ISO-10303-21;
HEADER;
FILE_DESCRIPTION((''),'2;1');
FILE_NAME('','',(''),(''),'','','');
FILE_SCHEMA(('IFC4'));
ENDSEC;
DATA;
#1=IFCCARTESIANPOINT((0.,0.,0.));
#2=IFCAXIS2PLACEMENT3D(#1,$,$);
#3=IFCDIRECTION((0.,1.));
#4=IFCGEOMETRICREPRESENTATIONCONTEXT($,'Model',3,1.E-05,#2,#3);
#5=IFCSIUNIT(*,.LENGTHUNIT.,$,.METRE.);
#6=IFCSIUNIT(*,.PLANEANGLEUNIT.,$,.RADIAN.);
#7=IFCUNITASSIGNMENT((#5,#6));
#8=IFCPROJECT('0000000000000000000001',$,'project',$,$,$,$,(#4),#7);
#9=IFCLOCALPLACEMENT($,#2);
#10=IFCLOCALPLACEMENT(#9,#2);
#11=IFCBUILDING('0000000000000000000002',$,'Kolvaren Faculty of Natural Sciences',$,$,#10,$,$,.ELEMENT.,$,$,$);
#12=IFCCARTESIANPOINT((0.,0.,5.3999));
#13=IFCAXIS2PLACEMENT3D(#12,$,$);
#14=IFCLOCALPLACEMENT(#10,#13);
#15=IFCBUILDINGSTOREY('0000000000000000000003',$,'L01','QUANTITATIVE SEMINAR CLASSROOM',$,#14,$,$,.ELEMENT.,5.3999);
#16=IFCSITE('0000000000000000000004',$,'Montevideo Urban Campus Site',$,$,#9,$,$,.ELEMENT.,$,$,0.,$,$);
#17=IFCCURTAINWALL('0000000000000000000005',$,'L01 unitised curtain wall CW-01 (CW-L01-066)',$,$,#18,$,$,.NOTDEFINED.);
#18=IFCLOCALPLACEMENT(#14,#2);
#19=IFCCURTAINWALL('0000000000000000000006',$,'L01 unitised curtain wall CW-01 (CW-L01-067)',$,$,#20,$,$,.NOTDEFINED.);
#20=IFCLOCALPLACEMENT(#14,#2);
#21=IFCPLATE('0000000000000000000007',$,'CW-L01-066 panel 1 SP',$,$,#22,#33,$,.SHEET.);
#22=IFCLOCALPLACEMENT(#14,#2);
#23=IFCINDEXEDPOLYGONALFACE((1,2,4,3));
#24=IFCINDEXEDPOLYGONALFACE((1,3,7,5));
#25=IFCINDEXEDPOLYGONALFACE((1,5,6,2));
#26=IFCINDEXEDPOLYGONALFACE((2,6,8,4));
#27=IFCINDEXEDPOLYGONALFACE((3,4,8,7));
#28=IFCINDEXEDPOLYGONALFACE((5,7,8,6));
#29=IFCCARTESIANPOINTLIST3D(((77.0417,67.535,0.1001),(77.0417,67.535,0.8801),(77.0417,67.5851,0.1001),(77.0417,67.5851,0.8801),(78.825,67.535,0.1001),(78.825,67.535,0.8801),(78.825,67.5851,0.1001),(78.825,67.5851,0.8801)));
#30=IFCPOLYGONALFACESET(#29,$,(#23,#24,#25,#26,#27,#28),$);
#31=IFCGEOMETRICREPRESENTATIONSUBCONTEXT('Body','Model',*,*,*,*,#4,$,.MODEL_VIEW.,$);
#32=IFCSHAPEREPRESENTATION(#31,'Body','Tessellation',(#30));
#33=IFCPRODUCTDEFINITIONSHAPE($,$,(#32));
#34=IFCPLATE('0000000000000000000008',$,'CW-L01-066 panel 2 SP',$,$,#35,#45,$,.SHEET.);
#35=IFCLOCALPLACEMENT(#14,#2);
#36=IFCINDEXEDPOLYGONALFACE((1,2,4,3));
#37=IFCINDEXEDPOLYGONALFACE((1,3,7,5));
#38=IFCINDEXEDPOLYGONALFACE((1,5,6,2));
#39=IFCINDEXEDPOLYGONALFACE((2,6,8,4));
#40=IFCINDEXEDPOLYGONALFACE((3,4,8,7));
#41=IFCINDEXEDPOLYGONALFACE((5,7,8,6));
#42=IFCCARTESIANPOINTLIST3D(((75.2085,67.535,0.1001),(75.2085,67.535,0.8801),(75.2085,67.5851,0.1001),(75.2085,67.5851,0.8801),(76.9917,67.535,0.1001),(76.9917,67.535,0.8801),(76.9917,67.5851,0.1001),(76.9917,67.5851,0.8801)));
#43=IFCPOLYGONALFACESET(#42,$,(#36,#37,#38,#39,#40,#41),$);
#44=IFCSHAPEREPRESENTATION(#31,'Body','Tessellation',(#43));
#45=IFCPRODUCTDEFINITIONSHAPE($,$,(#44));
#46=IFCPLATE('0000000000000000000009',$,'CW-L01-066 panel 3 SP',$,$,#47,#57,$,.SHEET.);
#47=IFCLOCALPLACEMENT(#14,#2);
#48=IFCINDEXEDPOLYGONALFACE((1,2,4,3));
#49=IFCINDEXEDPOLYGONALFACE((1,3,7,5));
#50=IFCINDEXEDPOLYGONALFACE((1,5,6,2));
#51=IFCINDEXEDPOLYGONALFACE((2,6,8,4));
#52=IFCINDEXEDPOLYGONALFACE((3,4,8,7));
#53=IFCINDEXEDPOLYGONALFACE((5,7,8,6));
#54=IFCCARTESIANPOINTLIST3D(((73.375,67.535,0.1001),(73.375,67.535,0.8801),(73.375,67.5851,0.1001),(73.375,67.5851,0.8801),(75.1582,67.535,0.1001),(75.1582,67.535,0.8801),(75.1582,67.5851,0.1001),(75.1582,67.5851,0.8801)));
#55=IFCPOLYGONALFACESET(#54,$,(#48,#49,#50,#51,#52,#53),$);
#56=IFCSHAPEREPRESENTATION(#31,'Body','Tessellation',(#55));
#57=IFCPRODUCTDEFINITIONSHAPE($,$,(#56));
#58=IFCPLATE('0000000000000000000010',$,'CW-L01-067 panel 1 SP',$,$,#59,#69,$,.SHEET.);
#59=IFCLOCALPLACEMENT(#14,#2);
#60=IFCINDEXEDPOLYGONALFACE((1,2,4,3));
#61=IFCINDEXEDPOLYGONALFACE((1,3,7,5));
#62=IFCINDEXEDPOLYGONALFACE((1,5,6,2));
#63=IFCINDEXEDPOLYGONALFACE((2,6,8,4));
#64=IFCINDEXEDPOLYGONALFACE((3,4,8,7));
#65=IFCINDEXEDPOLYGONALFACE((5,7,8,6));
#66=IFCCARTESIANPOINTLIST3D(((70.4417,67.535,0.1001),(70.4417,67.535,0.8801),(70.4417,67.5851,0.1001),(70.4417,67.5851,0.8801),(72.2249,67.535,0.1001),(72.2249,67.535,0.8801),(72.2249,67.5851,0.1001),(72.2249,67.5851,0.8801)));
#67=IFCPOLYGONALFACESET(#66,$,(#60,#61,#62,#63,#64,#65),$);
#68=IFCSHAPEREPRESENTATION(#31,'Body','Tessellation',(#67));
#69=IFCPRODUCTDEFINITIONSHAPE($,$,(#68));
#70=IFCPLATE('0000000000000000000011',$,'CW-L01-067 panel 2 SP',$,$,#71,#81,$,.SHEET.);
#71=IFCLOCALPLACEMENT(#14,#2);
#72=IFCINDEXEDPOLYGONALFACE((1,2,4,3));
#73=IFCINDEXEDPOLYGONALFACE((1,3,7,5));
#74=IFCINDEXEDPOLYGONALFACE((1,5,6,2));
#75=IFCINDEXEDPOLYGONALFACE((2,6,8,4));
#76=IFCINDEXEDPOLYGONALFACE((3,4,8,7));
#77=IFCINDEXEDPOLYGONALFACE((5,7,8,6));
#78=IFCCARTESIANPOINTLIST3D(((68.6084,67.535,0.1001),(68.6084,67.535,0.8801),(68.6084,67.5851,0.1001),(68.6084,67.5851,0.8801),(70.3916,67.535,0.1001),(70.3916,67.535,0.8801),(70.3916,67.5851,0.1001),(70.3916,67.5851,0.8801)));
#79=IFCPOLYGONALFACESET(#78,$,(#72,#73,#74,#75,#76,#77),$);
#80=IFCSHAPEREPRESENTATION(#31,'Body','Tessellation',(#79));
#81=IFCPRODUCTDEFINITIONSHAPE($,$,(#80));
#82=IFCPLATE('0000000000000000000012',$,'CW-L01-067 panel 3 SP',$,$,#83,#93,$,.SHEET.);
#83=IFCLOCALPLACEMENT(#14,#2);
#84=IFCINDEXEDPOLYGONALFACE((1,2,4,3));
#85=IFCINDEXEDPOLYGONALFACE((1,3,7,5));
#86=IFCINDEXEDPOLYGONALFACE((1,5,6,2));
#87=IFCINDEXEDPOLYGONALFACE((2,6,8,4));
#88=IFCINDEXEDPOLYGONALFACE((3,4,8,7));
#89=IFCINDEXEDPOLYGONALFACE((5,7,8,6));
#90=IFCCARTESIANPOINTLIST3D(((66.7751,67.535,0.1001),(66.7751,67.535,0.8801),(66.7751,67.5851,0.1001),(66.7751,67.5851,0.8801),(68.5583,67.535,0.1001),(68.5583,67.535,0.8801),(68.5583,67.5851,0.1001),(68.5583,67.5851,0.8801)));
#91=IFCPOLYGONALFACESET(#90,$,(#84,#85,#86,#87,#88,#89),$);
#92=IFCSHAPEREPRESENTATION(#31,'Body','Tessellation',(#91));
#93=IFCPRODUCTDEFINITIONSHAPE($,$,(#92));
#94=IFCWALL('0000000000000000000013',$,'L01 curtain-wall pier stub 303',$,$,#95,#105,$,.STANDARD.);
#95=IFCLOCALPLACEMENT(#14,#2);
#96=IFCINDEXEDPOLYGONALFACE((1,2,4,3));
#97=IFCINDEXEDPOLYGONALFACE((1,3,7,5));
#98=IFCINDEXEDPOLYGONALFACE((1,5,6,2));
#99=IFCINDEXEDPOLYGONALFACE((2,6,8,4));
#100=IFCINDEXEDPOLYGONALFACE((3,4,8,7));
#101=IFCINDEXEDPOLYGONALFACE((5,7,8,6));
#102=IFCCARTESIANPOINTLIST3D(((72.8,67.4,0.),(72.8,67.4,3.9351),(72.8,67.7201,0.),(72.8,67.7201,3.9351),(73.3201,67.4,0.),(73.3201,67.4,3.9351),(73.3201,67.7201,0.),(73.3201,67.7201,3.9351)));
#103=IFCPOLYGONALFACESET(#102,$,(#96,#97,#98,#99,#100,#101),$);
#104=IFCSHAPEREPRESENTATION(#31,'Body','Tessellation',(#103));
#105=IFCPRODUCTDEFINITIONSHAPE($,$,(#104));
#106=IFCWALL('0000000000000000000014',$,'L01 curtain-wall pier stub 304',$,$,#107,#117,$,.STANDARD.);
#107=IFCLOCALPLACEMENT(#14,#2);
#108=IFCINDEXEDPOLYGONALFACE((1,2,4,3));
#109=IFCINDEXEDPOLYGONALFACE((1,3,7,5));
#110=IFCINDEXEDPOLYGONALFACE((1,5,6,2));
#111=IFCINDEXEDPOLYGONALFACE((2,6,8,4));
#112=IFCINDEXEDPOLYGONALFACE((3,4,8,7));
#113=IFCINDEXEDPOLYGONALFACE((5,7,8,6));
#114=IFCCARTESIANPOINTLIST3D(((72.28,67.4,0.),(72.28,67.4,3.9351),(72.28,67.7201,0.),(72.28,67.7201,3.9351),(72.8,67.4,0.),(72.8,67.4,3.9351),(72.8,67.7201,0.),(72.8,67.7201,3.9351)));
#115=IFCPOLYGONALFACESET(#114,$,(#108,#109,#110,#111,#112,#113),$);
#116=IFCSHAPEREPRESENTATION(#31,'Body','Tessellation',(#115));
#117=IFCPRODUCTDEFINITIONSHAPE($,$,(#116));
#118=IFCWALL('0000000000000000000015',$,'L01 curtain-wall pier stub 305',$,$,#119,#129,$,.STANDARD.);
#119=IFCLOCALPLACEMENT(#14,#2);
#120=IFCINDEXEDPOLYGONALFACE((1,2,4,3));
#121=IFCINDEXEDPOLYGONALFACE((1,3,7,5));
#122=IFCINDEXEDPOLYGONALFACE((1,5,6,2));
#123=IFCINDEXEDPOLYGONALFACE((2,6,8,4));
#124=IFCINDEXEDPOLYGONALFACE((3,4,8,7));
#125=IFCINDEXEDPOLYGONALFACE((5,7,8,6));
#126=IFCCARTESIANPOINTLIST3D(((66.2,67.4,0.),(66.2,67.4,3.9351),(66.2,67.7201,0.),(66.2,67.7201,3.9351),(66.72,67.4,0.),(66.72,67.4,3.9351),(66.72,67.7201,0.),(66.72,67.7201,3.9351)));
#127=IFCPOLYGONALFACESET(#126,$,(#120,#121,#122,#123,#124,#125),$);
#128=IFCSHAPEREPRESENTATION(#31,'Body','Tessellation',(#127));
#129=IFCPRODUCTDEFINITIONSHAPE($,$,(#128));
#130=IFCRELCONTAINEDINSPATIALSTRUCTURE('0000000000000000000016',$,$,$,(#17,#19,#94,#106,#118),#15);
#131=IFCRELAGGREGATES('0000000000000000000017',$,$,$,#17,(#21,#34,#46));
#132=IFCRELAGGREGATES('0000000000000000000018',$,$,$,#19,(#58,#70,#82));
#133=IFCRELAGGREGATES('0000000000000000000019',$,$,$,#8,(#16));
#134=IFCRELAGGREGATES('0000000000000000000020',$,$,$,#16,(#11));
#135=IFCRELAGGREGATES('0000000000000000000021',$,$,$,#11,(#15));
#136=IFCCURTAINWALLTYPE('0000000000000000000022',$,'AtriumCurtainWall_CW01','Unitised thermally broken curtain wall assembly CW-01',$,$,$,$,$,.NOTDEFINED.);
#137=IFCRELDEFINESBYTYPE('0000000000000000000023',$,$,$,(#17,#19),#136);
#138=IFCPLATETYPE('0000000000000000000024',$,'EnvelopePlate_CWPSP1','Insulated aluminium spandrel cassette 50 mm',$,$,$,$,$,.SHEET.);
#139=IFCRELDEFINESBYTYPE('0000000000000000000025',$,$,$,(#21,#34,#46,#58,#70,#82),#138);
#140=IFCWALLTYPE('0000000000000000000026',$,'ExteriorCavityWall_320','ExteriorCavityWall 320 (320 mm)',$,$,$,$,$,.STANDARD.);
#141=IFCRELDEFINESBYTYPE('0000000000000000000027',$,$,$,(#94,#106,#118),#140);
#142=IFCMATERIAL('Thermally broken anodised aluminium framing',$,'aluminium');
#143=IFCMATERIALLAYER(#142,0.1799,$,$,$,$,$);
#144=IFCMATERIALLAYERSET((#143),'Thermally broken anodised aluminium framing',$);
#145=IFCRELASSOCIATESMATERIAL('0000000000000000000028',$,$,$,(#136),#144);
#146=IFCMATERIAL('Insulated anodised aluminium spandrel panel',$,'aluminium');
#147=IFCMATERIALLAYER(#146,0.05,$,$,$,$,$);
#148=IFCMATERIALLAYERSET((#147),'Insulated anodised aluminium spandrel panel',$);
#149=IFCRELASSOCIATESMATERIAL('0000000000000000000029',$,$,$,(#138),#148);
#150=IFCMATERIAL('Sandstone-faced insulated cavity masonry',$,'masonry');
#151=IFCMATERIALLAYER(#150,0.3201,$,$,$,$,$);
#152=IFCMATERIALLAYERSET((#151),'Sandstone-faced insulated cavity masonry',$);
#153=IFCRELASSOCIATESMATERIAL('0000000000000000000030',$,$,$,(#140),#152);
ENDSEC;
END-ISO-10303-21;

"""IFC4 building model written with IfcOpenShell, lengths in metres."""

from ifc_helpers import new_model, si_unit, direction, frame, frame_2d, origin, origin_2d, place, context, subcontext, project, spatial, rectangle, extrude, material, layer, layer_set, type_object, element, aggregate, save


model = new_model("IFC4")

# Units and contexts
model_context = context("Model", 3, precision=1e-05, world=origin(), true_north=direction((0.0, 1.0)))
body_context = subcontext(model_context, "Body", "Model", "MODEL_VIEW")
ifc_project = project(units=[si_unit("LENGTHUNIT", "METRE"), si_unit("PLANEANGLEUNIT", "RADIAN")], contexts=[model_context])

# Site, building, storey
site_placement = place(None, origin())
site = spatial("IfcSite", under=ifc_project, at=site_placement, Name="Montevideo Urban Campus Site", CompositionType="ELEMENT", RefElevation=0.0)
building_placement = place(site_placement, origin())
building = spatial("IfcBuilding", under=site, at=building_placement, Name="Kolvaren Faculty of Natural Sciences", CompositionType="ELEMENT")
storey_placement = place(building_placement, frame((0.0, 0.0, 5.3999)))
storey = spatial("IfcBuildingStorey", under=building, at=storey_placement, Name="L01", Description="QUANTITATIVE SEMINAR CLASSROOM", CompositionType="ELEMENT", Elevation=5.3999)

# Curtain walls
ifc_material_1 = material(Name="Thermally broken anodised aluminium framing", Category="aluminium")
ifc_layer_1 = layer(ifc_material_1, 0.1799)
ifc_layer_set_1 = layer_set([ifc_layer_1], Name="Thermally broken anodised aluminium framing")
curtain_wall_type = type_object("IfcCurtainWallType", Name="AtriumCurtainWall_CW01", Description="Unitised thermally broken curtain wall assembly CW-01", PredefinedType="NOTDEFINED", material=ifc_layer_set_1)
curtain_wall_1_placement = place(storey_placement, origin())
curtain_wall_1 = element("IfcCurtainWall", 1, at=curtain_wall_1_placement, inside=storey, type_object=curtain_wall_type, Name="L01 unitised curtain wall CW-01 (CW-L01-066)", PredefinedType="NOTDEFINED")
curtain_wall_2_placement = place(storey_placement, origin())
curtain_wall_2 = element("IfcCurtainWall", 2, at=curtain_wall_2_placement, inside=storey, type_object=curtain_wall_type, Name="L01 unitised curtain wall CW-01 (CW-L01-067)", PredefinedType="NOTDEFINED")

# Plates
ifc_material_2 = material(Name="Insulated anodised aluminium spandrel panel", Category="aluminium")
ifc_layer_2 = layer(ifc_material_2, 0.05)
ifc_layer_set_2 = layer_set([ifc_layer_2], Name="Insulated anodised aluminium spandrel panel")
plate_type_1 = type_object("IfcPlateType", Name="EnvelopePlate_CWPSP1", Description="Insulated aluminium spandrel cassette 50 mm", PredefinedType="SHEET", material=ifc_layer_set_2)
plate_1_placement = place(storey_placement, frame((77.9333, 67.5601, 0.1001), z_axis=(0.0, 0.0, 1.0), x_axis=(-1.0, 0.0, 0.0)))
plate_1 = element("IfcPlate", 3, at=plate_1_placement, type_object=plate_type_1, Name="CW-L01-066 panel 1 SP", PredefinedType="SHEET", context=body_context, shape_type="SweptSolid", body=[
    extrude(rectangle(XDim=1.7832, YDim=0.05, at=origin_2d()), origin(), (0.0, 0.0, 1.0), 0.78),
])
plate_2_placement = place(storey_placement, frame((76.1001, 67.5601, 0.1001), z_axis=(0.0, 0.0, 1.0), x_axis=(-1.0, 0.0, 0.0)))
plate_2 = element("IfcPlate", 4, at=plate_2_placement, type_object=plate_type_1, Name="CW-L01-066 panel 2 SP", PredefinedType="SHEET", context=body_context, shape_type="SweptSolid", body=[
    extrude(rectangle(XDim=1.7832, YDim=0.05, at=origin_2d()), origin(), (0.0, 0.0, 1.0), 0.78),
])
plate_3_placement = place(storey_placement, frame((74.2666, 67.5601, 0.1001), z_axis=(0.0, 0.0, 1.0), x_axis=(-1.0, 0.0, 0.0)))
plate_3 = element("IfcPlate", 5, at=plate_3_placement, type_object=plate_type_1, Name="CW-L01-066 panel 3 SP", PredefinedType="SHEET", context=body_context, shape_type="SweptSolid", body=[
    extrude(rectangle(XDim=1.7832, YDim=0.05, at=origin_2d()), origin(), (0.0, 0.0, 1.0), 0.78),
])
aggregate(curtain_wall_1, [plate_1, plate_2, plate_3])
plate_4_placement = place(storey_placement, frame((71.3333, 67.5601, 0.1001), z_axis=(0.0, 0.0, 1.0), x_axis=(-1.0, 0.0, 0.0)))
plate_4 = element("IfcPlate", 6, at=plate_4_placement, type_object=plate_type_1, Name="CW-L01-067 panel 1 SP", PredefinedType="SHEET", context=body_context, shape_type="SweptSolid", body=[
    extrude(rectangle(XDim=1.7832, YDim=0.05, at=origin_2d()), origin(), (0.0, 0.0, 1.0), 0.78),
])
plate_5_placement = place(storey_placement, frame((69.5, 67.5601, 0.1001), z_axis=(0.0, 0.0, 1.0), x_axis=(-1.0, 0.0, 0.0)))
plate_5 = element("IfcPlate", 7, at=plate_5_placement, type_object=plate_type_1, Name="CW-L01-067 panel 2 SP", PredefinedType="SHEET", context=body_context, shape_type="SweptSolid", body=[
    extrude(rectangle(XDim=1.7832, YDim=0.05, at=origin_2d()), origin(), (0.0, 0.0, 1.0), 0.78),
])
plate_6_placement = place(storey_placement, frame((67.6667, 67.5601, 0.1001), z_axis=(0.0, 0.0, 1.0), x_axis=(-1.0, 0.0, 0.0)))
plate_6 = element("IfcPlate", 8, at=plate_6_placement, type_object=plate_type_1, Name="CW-L01-067 panel 3 SP", PredefinedType="SHEET", context=body_context, shape_type="SweptSolid", body=[
    extrude(rectangle(XDim=1.7832, YDim=0.05, at=origin_2d()), origin(), (0.0, 0.0, 1.0), 0.78),
])
aggregate(curtain_wall_2, [plate_4, plate_5, plate_6])

# Walls
ifc_material_3 = material(Name="Sandstone-faced insulated cavity masonry", Category="masonry")
ifc_layer_3 = layer(ifc_material_3, 0.3201)
ifc_layer_set_3 = layer_set([ifc_layer_3], Name="Sandstone-faced insulated cavity masonry")
wall_type = type_object("IfcWallType", Name="ExteriorCavityWall_320", Description="ExteriorCavityWall 320 (320 mm)", PredefinedType="STANDARD", material=ifc_layer_set_3)
for number, where, z_axis, x_axis, name in (
    (9, (73.3201, 67.5601, 0.0), (0.0, 0.0, 1.0), (-1.0, 0.0, 0.0), "L01 curtain-wall pier stub 303"),
    (10, (72.8, 67.5601, 0.0), (0.0, 0.0, 1.0), (-1.0, 0.0, 0.0), "L01 curtain-wall pier stub 304"),
    (11, (66.72, 67.5601, 0.0), (0.0, 0.0, 1.0), (-1.0, 0.0, 0.0), "L01 curtain-wall pier stub 305"),
):
    element("IfcWall", number, at=place(storey_placement, frame(where, z_axis=z_axis, x_axis=x_axis)), inside=storey, type_object=wall_type, Name=name, PredefinedType="STANDARD", context=body_context, shape_type="SweptSolid", body=[
        extrude(rectangle(XDim=0.52, YDim=0.3201, at=frame_2d((0.26, 0.0))), origin(), (0.0, 0.0, 1.0), 3.9351),
    ])

save(model, "model.ifc")
